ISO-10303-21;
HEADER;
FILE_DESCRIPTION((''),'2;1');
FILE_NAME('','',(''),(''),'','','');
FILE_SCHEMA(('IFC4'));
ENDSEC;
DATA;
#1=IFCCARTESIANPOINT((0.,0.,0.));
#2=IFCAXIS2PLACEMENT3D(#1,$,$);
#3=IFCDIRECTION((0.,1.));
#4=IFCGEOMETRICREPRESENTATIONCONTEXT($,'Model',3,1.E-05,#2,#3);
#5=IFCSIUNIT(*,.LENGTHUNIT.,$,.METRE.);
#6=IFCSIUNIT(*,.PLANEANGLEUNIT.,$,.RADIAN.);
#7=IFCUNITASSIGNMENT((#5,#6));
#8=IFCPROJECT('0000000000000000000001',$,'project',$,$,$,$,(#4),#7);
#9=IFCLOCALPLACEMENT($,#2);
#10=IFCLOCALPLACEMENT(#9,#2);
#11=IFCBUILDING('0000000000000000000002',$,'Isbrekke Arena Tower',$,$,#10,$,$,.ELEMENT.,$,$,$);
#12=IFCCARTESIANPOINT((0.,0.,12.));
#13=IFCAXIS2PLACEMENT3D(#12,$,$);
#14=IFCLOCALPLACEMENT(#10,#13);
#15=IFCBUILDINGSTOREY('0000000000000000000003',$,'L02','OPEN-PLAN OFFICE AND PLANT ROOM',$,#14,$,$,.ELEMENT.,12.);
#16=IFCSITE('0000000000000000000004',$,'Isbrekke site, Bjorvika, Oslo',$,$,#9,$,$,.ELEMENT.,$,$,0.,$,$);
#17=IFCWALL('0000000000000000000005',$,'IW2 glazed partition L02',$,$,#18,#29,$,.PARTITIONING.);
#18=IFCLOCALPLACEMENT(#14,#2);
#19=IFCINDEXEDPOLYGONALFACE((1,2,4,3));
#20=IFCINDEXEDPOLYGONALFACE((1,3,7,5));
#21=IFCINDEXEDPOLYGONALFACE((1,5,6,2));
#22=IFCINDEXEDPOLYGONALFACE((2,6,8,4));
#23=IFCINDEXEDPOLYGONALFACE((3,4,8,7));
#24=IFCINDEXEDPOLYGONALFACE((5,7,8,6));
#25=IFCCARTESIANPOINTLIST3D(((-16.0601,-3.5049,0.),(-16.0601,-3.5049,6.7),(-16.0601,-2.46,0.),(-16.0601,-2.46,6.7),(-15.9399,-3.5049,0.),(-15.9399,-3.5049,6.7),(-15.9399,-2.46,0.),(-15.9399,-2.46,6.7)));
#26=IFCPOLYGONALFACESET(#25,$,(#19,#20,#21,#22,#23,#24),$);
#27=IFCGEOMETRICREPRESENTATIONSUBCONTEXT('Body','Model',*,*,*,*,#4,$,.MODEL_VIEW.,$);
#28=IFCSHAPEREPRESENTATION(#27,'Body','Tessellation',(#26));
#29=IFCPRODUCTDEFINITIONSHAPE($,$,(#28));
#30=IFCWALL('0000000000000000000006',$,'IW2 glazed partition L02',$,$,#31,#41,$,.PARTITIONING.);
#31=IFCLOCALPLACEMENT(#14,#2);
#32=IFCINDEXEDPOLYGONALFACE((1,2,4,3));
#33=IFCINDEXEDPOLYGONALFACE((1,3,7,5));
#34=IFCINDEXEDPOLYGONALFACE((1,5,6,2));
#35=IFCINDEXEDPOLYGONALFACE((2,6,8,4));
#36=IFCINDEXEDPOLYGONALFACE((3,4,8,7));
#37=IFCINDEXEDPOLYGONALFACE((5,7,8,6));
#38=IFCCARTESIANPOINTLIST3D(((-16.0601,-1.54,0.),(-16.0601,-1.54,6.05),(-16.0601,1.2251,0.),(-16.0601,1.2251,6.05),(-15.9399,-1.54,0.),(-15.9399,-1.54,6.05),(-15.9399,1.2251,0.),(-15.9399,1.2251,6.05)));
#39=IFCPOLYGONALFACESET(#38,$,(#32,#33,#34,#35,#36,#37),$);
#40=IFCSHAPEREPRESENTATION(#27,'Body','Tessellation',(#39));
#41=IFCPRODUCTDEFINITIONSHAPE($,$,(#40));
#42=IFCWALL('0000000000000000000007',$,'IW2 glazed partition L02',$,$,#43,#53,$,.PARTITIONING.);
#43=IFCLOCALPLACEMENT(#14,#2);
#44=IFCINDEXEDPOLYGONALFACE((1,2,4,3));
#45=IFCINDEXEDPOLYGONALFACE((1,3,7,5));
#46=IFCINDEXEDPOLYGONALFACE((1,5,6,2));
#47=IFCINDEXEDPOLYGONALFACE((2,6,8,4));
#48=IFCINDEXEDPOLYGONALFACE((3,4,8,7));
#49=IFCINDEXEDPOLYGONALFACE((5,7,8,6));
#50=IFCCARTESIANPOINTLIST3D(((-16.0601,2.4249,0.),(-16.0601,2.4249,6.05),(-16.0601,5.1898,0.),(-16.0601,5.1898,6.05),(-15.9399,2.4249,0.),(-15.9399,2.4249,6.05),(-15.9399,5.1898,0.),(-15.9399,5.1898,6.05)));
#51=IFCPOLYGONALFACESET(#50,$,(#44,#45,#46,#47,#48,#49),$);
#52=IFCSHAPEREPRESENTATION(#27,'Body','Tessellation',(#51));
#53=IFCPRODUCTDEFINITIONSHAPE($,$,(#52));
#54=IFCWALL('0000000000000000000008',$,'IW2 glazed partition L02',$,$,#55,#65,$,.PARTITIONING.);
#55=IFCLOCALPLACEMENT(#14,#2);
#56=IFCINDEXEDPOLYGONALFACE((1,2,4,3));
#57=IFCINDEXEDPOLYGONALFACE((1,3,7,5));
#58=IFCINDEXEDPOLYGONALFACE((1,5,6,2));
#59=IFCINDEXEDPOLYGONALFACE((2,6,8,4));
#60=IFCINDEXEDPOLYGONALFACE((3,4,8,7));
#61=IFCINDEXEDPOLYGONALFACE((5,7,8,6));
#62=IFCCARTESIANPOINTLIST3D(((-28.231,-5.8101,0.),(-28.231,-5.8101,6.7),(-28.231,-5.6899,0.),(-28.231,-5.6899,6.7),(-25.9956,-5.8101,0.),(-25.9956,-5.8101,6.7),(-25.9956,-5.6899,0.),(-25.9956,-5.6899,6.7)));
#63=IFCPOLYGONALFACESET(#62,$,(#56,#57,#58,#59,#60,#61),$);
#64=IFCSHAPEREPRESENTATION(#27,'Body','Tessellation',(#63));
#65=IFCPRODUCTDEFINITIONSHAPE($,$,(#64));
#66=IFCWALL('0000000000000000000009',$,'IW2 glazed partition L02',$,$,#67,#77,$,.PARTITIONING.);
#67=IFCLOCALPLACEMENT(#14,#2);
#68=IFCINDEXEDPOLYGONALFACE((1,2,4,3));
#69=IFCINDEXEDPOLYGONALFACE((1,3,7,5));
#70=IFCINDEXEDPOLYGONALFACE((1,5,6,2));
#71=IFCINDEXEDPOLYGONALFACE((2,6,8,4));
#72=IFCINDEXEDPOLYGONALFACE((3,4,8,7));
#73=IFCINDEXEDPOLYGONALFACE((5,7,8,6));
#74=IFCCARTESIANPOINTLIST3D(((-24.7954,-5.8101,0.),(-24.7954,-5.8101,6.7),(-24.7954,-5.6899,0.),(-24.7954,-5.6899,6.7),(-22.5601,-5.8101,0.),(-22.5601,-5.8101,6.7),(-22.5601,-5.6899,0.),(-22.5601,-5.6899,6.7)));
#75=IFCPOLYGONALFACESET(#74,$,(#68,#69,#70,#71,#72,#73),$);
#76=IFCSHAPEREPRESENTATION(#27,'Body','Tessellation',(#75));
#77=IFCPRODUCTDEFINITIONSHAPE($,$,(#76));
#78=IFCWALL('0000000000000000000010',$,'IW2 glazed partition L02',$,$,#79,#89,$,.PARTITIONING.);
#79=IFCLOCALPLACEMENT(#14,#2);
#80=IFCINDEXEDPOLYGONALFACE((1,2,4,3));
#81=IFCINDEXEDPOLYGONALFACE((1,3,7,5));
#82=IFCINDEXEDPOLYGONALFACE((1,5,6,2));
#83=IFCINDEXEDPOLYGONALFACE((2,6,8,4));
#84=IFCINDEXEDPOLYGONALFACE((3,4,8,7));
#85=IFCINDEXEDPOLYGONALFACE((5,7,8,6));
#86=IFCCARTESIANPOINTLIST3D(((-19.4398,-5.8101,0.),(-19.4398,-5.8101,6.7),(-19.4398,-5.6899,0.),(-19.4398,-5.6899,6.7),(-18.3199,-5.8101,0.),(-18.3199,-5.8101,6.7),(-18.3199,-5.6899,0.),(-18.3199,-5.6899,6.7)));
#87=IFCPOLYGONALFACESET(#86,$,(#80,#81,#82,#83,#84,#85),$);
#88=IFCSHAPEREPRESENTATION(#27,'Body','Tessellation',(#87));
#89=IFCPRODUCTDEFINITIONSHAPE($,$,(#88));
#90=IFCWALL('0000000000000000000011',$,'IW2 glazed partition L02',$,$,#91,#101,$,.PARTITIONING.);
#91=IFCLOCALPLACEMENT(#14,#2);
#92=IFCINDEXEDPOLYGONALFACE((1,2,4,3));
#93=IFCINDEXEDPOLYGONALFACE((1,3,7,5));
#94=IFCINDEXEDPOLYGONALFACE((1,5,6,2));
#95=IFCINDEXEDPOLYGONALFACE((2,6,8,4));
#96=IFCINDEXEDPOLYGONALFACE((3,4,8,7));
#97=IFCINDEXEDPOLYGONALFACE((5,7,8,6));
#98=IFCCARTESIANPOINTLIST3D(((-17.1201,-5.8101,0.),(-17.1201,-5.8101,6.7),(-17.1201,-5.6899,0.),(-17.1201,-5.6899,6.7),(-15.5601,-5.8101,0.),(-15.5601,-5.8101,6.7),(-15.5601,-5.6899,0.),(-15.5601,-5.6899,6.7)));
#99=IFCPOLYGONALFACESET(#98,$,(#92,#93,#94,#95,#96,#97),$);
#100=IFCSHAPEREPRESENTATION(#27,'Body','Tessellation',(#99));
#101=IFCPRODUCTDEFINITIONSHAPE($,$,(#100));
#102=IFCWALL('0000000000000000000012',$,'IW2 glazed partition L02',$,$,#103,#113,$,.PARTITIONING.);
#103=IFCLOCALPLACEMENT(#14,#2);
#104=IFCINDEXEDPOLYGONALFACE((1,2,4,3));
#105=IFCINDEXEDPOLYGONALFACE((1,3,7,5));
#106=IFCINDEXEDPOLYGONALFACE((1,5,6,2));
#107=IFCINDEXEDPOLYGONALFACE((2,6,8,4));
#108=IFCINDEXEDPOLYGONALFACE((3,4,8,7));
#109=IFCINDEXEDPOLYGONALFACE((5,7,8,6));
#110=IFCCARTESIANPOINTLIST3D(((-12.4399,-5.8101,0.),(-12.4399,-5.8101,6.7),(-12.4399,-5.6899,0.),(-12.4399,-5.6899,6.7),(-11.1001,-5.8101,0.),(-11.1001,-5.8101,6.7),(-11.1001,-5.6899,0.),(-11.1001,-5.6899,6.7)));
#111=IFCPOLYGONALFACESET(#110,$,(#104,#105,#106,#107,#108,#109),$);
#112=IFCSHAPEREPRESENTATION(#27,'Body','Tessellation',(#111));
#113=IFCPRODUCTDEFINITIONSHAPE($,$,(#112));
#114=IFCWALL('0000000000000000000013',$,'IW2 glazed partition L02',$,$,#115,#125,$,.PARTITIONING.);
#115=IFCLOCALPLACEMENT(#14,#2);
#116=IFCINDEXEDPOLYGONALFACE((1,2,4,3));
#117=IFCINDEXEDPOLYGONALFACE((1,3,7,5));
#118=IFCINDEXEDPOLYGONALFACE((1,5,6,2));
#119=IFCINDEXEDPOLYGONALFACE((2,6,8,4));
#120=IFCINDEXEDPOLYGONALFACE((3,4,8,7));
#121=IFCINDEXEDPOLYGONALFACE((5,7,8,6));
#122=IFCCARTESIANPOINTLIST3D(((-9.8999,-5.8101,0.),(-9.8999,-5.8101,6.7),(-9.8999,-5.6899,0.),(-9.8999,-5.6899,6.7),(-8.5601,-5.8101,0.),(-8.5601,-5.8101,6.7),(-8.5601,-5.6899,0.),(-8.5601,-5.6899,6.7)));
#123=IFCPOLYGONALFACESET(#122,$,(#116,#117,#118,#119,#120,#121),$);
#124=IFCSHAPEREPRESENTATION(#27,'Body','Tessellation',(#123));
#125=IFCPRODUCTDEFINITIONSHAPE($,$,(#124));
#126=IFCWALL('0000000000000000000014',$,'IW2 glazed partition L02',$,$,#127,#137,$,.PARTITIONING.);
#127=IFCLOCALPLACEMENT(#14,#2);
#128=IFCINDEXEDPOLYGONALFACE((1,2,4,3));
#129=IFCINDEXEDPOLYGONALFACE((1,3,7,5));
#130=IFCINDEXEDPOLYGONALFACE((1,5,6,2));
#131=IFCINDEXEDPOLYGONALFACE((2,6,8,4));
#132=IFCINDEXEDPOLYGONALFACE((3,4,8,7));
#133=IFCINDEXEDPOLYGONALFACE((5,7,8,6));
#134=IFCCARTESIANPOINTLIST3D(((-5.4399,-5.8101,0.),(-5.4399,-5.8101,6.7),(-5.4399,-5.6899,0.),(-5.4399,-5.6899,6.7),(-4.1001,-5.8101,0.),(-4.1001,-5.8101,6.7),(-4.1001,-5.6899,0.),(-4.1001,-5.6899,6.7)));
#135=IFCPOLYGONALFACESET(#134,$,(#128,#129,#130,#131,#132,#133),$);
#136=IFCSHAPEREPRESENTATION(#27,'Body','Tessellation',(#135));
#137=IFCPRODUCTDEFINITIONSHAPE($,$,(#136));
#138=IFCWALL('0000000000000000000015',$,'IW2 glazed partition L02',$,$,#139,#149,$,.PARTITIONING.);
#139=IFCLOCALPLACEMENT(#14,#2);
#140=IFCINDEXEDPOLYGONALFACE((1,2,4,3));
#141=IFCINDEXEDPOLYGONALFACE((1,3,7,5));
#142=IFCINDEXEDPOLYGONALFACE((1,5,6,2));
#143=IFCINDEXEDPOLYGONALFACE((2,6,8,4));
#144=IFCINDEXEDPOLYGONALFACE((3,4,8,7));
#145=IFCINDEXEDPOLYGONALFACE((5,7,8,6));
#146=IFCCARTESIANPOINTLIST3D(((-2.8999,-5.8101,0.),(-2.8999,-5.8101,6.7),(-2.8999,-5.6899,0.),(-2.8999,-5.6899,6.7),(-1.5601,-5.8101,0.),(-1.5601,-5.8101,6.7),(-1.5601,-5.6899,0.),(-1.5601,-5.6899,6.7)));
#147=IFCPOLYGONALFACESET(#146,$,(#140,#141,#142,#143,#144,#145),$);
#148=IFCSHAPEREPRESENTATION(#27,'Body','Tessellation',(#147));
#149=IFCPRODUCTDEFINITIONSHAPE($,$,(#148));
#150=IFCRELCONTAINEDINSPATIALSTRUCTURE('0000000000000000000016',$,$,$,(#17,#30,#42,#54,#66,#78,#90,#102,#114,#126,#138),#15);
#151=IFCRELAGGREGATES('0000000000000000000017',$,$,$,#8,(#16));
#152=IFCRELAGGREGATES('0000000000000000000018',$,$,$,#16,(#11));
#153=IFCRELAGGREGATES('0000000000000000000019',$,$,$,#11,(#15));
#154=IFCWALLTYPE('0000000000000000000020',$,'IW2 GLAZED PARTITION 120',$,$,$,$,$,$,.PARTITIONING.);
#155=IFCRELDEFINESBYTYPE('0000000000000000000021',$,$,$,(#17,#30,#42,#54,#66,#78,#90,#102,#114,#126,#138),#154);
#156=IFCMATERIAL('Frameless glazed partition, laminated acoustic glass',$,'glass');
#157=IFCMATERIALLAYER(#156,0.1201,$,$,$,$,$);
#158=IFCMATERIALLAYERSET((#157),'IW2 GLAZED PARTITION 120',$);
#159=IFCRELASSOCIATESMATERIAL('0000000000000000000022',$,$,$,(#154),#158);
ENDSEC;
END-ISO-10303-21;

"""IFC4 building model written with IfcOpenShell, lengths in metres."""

from ifc_helpers import new_model, si_unit, direction, frame, frame_2d, origin, place, context, subcontext, project, spatial, rectangle, extrude, material, layer, layer_set, type_object, element, save


model = new_model("IFC4")

# Units and contexts
model_context = context("Model", 3, precision=1e-05, world=origin(), true_north=direction((0.0, 1.0)))
body_context = subcontext(model_context, "Body", "Model", "MODEL_VIEW")
ifc_project = project(units=[si_unit("LENGTHUNIT", "METRE"), si_unit("PLANEANGLEUNIT", "RADIAN")], contexts=[model_context])

# Site, building, storey
site_placement = place(None, origin())
site = spatial("IfcSite", under=ifc_project, at=site_placement, Name="Isbrekke site, Bjorvika, Oslo", CompositionType="ELEMENT", RefElevation=0.0)
building_placement = place(site_placement, origin())
building = spatial("IfcBuilding", under=site, at=building_placement, Name="Isbrekke Arena Tower", CompositionType="ELEMENT")
storey_placement = place(building_placement, frame((0.0, 0.0, 12.0)))
storey = spatial("IfcBuildingStorey", under=building, at=storey_placement, Name="L02", Description="OPEN-PLAN OFFICE AND PLANT ROOM", CompositionType="ELEMENT", Elevation=12.0)

# Walls
ifc_material_1 = material(Name="Frameless glazed partition, laminated acoustic glass", Category="glass")
ifc_layer_1 = layer(ifc_material_1, 0.1201)
ifc_layer_set_1 = layer_set([ifc_layer_1], Name="IW2 GLAZED PARTITION 120")
wall_type_1 = type_object("IfcWallType", Name="IW2 GLAZED PARTITION 120", PredefinedType="PARTITIONING", material=ifc_layer_set_1)
for number, where, z_axis, x_axis, name in (
    (1, (-16.0, -3.5049, 0.0), (0.0, 0.0, 1.0), (0.0, 1.0, 0.0), "IW2 glazed partition L02"),
):
    element("IfcWall", number, at=place(storey_placement, frame(where, z_axis=z_axis, x_axis=x_axis)), inside=storey, type_object=wall_type_1, Name=name, PredefinedType="PARTITIONING", context=body_context, shape_type="SweptSolid", body=[
        extrude(rectangle(XDim=1.0449, YDim=0.1201, at=frame_2d((0.5225, 0.0))), origin(), (0.0, 0.0, 1.0), 6.7),
    ])
wall_1_placement = place(storey_placement, frame((-16.0, -1.54, 0.0), z_axis=(0.0, 0.0, 1.0), x_axis=(0.0, 1.0, 0.0)))
element("IfcWall", 2, at=wall_1_placement, inside=storey, type_object=wall_type_1, Name="IW2 glazed partition L02", PredefinedType="PARTITIONING", context=body_context, shape_type="SweptSolid", body=[
    extrude(rectangle(XDim=2.7651, YDim=0.1201, at=frame_2d((1.3826, 0.0))), origin(), (0.0, 0.0, 1.0), 6.05),
])
wall_2_placement = place(storey_placement, frame((-16.0, 2.425, 0.0), z_axis=(0.0, 0.0, 1.0), x_axis=(0.0, 1.0, 0.0)))
element("IfcWall", 3, at=wall_2_placement, inside=storey, type_object=wall_type_1, Name="IW2 glazed partition L02", PredefinedType="PARTITIONING", context=body_context, shape_type="SweptSolid", body=[
    extrude(rectangle(XDim=2.7649, YDim=0.1201, at=frame_2d((1.3823, 0.0))), origin(), (0.0, 0.0, 1.0), 6.05),
])
for number, where, z_axis, x_axis, name in (
    (4, (-28.231, -5.75, 0.0), (0.0, 0.0, 1.0), (1.0, 0.0, 0.0), "IW2 glazed partition L02"),
    (5, (-24.7954, -5.75, 0.0), (0.0, 0.0, 1.0), (1.0, 0.0, 0.0), "IW2 glazed partition L02"),
):
    element("IfcWall", number, at=place(storey_placement, frame(where, z_axis=z_axis, x_axis=x_axis)), inside=storey, type_object=wall_type_1, Name=name, PredefinedType="PARTITIONING", context=body_context, shape_type="SweptSolid", body=[
        extrude(rectangle(XDim=2.2354, YDim=0.1201, at=frame_2d((1.1177, 0.0))), origin(), (0.0, 0.0, 1.0), 6.7),
    ])
wall_3_placement = place(storey_placement, frame((-19.4399, -5.75, 0.0), z_axis=(0.0, 0.0, 1.0), x_axis=(1.0, 0.0, 0.0)))
element("IfcWall", 6, at=wall_3_placement, inside=storey, type_object=wall_type_1, Name="IW2 glazed partition L02", PredefinedType="PARTITIONING", context=body_context, shape_type="SweptSolid", body=[
    extrude(rectangle(XDim=1.1199, YDim=0.1201, at=frame_2d((0.5601, 0.0))), origin(), (0.0, 0.0, 1.0), 6.7),
])
wall_4_placement = place(storey_placement, frame((-17.1201, -5.75, 0.0), z_axis=(0.0, 0.0, 1.0), x_axis=(1.0, 0.0, 0.0)))
element("IfcWall", 7, at=wall_4_placement, inside=storey, type_object=wall_type_1, Name="IW2 glazed partition L02", PredefinedType="PARTITIONING", context=body_context, shape_type="SweptSolid", body=[
    extrude(rectangle(XDim=1.5601, YDim=0.1201, at=frame_2d((0.78, 0.0))), origin(), (0.0, 0.0, 1.0), 6.7),
])
for number, where, z_axis, x_axis, name in (
    (8, (-12.4399, -5.75, 0.0), (0.0, 0.0, 1.0), (1.0, 0.0, 0.0), "IW2 glazed partition L02"),
    (9, (-9.8999, -5.75, 0.0), (0.0, 0.0, 1.0), (1.0, 0.0, 0.0), "IW2 glazed partition L02"),
    (10, (-5.4399, -5.75, 0.0), (0.0, 0.0, 1.0), (1.0, 0.0, 0.0), "IW2 glazed partition L02"),
    (11, (-2.8999, -5.75, 0.0), (0.0, 0.0, 1.0), (1.0, 0.0, 0.0), "IW2 glazed partition L02"),
):
    element("IfcWall", number, at=place(storey_placement, frame(where, z_axis=z_axis, x_axis=x_axis)), inside=storey, type_object=wall_type_1, Name=name, PredefinedType="PARTITIONING", context=body_context, shape_type="SweptSolid", body=[
        extrude(rectangle(XDim=1.3398, YDim=0.1201, at=frame_2d((0.6699, 0.0))), origin(), (0.0, 0.0, 1.0), 6.7),
    ])

save(model, "model.ifc")
